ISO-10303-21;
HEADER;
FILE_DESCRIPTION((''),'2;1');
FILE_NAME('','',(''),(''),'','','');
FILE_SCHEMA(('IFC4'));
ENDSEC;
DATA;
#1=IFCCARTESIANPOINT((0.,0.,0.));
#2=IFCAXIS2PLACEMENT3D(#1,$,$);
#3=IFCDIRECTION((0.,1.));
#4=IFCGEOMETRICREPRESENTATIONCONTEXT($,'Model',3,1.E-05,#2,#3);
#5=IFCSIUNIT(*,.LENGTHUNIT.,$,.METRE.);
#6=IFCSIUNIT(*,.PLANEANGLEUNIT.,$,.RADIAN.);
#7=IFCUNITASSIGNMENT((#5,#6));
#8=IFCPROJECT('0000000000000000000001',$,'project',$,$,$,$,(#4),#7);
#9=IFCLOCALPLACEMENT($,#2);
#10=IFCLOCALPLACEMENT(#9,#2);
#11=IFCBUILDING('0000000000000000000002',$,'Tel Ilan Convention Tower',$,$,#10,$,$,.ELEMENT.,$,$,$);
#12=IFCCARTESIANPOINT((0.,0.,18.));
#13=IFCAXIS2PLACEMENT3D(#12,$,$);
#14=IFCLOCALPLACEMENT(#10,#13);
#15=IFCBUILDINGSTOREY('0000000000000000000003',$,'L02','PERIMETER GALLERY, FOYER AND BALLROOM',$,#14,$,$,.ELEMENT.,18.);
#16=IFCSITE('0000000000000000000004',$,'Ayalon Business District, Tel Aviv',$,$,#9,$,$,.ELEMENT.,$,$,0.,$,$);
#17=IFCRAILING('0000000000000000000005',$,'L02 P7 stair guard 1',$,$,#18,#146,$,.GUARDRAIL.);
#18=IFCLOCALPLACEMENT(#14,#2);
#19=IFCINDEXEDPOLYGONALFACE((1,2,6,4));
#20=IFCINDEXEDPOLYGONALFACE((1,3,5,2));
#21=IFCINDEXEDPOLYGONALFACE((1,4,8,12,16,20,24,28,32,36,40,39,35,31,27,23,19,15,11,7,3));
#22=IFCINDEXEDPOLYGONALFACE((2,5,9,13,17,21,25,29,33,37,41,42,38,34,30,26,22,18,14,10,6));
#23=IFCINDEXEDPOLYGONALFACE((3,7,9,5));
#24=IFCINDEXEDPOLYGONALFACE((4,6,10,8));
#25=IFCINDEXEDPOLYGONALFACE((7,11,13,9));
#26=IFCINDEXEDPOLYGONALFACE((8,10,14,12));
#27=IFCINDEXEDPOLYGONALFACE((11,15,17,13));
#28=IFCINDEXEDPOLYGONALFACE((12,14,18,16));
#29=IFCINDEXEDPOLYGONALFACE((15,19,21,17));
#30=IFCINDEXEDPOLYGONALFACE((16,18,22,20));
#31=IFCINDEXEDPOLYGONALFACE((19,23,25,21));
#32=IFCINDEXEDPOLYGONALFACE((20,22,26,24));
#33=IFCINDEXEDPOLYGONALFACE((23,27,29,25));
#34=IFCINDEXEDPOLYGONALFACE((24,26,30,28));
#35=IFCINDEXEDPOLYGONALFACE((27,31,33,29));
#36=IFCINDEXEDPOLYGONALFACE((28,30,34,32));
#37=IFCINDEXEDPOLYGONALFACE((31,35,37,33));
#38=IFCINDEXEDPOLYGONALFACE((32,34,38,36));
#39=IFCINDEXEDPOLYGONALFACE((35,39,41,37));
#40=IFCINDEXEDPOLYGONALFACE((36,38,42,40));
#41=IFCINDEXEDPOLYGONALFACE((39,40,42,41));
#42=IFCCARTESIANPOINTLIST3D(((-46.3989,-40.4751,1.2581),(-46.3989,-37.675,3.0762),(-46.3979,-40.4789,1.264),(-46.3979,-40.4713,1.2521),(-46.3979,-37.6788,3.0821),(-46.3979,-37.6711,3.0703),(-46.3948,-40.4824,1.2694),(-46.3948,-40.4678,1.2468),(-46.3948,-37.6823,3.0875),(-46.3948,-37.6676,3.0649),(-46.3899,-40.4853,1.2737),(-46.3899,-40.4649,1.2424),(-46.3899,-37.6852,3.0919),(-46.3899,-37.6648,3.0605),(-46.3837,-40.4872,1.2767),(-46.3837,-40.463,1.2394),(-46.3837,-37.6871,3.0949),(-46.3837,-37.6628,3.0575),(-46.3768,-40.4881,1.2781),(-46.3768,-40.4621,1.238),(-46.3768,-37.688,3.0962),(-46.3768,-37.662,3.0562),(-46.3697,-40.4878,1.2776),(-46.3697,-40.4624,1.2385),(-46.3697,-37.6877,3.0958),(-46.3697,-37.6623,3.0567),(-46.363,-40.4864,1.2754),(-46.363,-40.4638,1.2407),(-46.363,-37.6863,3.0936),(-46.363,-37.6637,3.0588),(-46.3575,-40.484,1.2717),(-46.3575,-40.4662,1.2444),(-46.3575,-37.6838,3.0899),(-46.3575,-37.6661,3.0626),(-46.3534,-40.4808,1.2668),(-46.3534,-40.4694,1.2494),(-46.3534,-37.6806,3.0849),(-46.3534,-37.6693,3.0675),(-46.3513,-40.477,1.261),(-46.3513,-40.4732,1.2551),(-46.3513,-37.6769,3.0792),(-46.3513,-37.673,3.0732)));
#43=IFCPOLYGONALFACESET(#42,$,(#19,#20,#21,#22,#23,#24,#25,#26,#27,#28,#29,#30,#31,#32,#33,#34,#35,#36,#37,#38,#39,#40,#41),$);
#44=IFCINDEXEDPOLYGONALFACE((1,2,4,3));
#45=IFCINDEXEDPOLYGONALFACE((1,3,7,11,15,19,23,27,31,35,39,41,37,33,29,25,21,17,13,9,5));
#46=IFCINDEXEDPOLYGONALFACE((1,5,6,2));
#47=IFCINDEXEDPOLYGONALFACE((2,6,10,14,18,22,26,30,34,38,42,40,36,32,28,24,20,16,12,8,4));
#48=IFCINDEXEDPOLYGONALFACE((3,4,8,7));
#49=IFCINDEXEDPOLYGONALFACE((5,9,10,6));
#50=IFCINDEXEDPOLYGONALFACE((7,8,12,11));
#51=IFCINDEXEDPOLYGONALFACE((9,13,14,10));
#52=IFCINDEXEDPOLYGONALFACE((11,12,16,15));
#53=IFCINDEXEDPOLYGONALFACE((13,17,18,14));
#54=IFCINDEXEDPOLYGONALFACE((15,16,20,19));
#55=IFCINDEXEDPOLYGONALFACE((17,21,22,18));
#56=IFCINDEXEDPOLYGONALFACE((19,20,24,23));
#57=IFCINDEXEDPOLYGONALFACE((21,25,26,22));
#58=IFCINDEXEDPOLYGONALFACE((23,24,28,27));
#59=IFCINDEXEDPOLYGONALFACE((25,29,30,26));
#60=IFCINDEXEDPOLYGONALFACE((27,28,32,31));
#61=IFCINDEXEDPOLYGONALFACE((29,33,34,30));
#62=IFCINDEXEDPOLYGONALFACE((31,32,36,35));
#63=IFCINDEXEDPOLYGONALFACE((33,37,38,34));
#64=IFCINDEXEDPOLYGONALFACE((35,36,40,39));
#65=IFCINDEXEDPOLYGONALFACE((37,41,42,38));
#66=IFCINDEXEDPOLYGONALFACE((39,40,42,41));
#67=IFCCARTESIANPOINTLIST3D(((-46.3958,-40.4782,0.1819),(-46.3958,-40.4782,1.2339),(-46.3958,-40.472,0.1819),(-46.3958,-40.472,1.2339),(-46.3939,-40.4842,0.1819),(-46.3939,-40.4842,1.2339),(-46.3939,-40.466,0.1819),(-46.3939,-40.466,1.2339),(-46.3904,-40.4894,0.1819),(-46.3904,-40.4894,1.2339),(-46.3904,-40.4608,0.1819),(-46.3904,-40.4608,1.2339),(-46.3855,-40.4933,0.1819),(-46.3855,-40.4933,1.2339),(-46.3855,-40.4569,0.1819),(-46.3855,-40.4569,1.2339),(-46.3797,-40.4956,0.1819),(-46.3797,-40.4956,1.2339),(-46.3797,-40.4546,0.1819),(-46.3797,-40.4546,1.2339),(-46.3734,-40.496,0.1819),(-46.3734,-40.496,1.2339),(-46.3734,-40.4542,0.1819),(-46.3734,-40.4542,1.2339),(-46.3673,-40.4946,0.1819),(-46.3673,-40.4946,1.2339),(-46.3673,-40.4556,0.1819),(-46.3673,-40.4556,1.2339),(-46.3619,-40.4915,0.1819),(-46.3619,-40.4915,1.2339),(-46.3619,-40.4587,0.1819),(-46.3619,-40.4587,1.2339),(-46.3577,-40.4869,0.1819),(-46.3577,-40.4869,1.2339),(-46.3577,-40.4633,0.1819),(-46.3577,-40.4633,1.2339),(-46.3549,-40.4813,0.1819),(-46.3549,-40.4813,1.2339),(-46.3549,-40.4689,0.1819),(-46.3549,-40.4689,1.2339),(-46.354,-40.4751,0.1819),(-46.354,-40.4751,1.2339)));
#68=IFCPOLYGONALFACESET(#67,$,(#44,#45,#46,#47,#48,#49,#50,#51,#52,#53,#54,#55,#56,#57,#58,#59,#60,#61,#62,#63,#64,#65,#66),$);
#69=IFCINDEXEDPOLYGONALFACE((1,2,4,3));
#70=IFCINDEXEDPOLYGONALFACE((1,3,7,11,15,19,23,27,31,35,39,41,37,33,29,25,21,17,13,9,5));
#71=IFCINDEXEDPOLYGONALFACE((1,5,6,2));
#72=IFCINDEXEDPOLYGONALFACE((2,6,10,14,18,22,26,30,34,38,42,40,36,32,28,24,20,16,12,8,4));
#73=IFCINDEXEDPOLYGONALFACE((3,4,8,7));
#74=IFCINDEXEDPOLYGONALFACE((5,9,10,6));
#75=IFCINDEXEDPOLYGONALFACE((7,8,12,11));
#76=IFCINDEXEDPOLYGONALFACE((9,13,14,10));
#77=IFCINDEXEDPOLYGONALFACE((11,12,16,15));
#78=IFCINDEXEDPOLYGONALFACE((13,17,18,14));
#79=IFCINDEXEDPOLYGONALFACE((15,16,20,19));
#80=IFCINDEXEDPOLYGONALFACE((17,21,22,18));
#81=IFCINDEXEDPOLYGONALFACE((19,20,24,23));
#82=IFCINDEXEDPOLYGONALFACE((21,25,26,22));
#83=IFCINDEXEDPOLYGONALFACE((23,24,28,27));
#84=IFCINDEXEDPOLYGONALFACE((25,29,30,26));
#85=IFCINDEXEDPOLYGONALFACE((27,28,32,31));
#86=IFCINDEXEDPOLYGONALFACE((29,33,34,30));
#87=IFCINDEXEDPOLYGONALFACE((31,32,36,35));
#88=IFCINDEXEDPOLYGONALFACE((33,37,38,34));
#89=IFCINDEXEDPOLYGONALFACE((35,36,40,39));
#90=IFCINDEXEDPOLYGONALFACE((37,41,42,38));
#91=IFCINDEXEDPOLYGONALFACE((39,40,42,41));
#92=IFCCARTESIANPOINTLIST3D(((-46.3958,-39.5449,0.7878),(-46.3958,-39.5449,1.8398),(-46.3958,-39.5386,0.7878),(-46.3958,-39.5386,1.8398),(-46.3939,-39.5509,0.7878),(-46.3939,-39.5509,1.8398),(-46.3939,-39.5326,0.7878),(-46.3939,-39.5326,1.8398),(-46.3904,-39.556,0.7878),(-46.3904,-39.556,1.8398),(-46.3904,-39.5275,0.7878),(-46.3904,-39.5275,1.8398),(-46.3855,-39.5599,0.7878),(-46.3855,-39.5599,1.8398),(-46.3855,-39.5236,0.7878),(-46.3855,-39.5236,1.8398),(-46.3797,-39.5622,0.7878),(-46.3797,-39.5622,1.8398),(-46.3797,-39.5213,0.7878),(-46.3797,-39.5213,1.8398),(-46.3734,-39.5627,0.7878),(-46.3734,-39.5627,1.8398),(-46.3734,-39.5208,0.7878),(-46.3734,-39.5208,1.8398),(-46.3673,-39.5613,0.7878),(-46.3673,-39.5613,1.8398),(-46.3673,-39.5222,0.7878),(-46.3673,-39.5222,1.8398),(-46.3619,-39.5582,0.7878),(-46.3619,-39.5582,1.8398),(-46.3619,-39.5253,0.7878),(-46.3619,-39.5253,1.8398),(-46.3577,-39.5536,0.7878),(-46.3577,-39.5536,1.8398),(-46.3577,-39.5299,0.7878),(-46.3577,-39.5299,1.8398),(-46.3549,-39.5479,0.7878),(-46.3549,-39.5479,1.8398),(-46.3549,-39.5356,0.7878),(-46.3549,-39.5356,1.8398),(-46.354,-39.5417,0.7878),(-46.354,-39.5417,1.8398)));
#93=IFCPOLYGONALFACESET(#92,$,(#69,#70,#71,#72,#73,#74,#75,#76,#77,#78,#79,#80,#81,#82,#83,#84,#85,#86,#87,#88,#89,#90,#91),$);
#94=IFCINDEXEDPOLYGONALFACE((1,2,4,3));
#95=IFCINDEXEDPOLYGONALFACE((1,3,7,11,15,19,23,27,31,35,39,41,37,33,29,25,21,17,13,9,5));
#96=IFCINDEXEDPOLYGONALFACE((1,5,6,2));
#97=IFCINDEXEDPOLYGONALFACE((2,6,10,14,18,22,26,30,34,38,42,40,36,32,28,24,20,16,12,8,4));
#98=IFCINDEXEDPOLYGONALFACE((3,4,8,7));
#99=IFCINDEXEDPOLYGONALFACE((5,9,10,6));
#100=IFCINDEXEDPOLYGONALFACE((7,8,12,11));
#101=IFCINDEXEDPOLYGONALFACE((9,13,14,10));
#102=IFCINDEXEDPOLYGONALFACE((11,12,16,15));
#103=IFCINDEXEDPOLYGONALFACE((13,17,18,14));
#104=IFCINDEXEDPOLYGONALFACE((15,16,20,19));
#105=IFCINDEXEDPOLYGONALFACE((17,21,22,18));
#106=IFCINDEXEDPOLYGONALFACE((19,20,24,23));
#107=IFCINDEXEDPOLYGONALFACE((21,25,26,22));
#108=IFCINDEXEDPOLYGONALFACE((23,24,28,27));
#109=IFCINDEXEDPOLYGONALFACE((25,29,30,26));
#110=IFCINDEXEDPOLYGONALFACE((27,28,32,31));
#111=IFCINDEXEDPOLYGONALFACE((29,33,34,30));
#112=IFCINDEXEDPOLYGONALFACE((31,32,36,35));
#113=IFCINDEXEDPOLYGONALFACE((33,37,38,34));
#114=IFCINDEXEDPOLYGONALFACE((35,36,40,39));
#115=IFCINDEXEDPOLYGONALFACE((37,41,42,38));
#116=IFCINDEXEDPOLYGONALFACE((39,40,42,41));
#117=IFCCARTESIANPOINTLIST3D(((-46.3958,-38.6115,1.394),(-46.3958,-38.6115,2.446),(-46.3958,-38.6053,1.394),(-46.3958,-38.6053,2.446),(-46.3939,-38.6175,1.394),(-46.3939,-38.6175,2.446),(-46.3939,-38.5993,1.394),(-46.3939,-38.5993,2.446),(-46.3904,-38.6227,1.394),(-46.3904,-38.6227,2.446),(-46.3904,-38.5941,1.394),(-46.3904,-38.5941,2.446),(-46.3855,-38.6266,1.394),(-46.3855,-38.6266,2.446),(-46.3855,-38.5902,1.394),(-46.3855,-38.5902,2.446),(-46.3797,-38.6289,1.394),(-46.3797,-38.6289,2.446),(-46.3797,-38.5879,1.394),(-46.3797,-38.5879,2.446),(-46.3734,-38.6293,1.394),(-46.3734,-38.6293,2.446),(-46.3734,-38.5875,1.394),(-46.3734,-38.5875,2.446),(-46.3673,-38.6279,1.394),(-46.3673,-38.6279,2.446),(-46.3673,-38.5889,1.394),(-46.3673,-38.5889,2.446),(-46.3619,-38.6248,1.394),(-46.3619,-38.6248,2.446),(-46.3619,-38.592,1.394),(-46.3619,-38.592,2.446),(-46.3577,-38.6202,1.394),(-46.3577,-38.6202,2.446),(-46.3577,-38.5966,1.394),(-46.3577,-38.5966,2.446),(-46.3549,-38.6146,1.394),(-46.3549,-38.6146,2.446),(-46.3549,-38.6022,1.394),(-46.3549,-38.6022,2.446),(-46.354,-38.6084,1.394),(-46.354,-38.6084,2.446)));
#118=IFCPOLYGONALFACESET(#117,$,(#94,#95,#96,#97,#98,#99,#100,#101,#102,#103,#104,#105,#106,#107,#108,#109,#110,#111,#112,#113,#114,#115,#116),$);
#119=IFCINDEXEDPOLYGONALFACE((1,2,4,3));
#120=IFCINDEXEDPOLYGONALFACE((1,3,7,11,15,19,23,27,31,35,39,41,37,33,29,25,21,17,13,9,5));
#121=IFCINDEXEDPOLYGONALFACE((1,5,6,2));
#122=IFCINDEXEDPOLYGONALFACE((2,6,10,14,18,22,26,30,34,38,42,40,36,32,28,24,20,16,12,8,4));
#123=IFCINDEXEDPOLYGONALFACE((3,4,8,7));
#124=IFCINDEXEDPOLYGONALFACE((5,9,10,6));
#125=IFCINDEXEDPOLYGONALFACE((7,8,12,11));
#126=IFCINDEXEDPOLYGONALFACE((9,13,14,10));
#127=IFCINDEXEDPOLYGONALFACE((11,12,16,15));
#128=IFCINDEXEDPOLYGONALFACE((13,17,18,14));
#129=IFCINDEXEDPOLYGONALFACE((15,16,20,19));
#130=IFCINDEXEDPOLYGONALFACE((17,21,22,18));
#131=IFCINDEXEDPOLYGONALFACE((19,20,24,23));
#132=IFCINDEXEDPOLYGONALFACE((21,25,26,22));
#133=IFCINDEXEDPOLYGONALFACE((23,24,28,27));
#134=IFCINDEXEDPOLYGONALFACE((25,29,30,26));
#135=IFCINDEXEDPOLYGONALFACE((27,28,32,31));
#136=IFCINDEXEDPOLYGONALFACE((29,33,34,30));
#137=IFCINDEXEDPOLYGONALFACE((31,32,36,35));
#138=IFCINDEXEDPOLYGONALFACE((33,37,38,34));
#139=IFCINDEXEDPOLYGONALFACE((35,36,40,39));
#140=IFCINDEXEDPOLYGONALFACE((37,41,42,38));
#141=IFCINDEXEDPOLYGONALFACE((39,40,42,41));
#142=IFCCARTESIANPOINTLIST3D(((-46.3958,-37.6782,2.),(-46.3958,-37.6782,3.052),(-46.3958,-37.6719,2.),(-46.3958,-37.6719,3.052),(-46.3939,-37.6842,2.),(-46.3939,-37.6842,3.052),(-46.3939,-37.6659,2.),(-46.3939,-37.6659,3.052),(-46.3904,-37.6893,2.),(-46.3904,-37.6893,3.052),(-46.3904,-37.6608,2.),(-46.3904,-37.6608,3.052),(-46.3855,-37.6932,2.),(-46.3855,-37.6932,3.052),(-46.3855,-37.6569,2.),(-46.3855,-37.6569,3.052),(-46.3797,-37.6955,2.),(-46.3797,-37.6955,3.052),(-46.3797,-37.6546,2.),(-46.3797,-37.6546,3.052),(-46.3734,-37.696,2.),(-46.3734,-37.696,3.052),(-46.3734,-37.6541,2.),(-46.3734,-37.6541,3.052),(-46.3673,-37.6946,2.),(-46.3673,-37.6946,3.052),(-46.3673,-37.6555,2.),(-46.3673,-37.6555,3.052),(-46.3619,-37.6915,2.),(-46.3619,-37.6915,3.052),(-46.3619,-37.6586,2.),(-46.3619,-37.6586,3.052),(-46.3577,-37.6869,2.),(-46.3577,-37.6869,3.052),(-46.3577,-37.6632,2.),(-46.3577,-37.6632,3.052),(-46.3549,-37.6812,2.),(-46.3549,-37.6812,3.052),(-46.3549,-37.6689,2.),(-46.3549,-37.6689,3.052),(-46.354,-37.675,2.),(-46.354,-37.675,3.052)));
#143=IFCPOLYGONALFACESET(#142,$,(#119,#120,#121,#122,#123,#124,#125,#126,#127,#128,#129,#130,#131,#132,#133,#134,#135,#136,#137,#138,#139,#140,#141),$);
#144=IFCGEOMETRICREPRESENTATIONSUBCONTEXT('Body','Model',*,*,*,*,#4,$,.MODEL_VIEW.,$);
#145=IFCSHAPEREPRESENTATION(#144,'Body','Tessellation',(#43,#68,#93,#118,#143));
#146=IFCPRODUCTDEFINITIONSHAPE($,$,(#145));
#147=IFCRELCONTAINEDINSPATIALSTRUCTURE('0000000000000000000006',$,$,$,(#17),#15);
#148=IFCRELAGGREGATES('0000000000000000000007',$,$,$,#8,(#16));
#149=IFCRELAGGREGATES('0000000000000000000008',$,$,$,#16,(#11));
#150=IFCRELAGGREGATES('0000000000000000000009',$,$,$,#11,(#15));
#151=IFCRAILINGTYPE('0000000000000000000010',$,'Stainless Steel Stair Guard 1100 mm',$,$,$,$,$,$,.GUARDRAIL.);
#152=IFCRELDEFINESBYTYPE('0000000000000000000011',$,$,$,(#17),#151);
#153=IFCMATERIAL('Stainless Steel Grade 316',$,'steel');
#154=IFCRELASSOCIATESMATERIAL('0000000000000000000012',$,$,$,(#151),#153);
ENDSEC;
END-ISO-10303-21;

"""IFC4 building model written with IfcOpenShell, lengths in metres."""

from ifc_helpers import new_model, si_unit, direction, frame, origin, origin_2d, place, context, subcontext, project, spatial, circle, extrude, material, type_object, element, save


model = new_model("IFC4")

# Units and contexts
model_context = context("Model", 3, precision=1e-05, world=origin(), true_north=direction((0.0, 1.0)))
body_context = subcontext(model_context, "Body", "Model", "MODEL_VIEW")
ifc_project = project(units=[si_unit("LENGTHUNIT", "METRE"), si_unit("PLANEANGLEUNIT", "RADIAN")], contexts=[model_context])

# Site, building, storey
site_placement = place(None, origin())
site = spatial("IfcSite", under=ifc_project, at=site_placement, Name="Ayalon Business District, Tel Aviv", CompositionType="ELEMENT", RefElevation=0.0)
building_placement = place(site_placement, origin())
building = spatial("IfcBuilding", under=site, at=building_placement, Name="Tel Ilan Convention Tower", CompositionType="ELEMENT")
storey_placement = place(building_placement, frame((0.0, 0.0, 18.0)))
storey = spatial("IfcBuildingStorey", under=building, at=storey_placement, Name="L02", Description="PERIMETER GALLERY, FOYER AND BALLROOM", CompositionType="ELEMENT", Elevation=18.0)

# Railing
ifc_material_1 = material(Name="Stainless Steel Grade 316", Category="steel")
railing_type_1 = type_object("IfcRailingType", Name="Stainless Steel Stair Guard 1100 mm", PredefinedType="GUARDRAIL", material=ifc_material_1)
railing_1_placement = place(storey_placement, frame((-46.375, -40.4751, 0.1819)))
element("IfcRailing", 1, at=railing_1_placement, inside=storey, type_object=railing_type_1, Name="L02 P7 stair guard 1", PredefinedType="GUARDRAIL", context=body_context, shape_type="SweptSolid", body=[
    extrude(circle(Radius=0.0239, at=origin_2d()), frame((0.0, 0.0, 1.0762), z_axis=(0.0, 0.838706, 0.544585), x_axis=(-1.0, 0.0, 0.0)), (0.0, 0.0, 1.0), 3.3386),
    extrude(circle(Radius=0.021, at=origin_2d()), origin(), (0.0, 0.0, 1.0), 1.052),
    extrude(circle(Radius=0.021, at=origin_2d()), frame((0.0, 0.9333, 0.606)), (0.0, 0.0, 1.0), 1.052),
    extrude(circle(Radius=0.021, at=origin_2d()), frame((0.0, 1.8667, 1.2122)), (0.0, 0.0, 1.0), 1.052),
    extrude(circle(Radius=0.021, at=origin_2d()), frame((0.0, 2.8, 1.8181)), (0.0, 0.0, 1.0), 1.052),
])

save(model, "model.ifc")
